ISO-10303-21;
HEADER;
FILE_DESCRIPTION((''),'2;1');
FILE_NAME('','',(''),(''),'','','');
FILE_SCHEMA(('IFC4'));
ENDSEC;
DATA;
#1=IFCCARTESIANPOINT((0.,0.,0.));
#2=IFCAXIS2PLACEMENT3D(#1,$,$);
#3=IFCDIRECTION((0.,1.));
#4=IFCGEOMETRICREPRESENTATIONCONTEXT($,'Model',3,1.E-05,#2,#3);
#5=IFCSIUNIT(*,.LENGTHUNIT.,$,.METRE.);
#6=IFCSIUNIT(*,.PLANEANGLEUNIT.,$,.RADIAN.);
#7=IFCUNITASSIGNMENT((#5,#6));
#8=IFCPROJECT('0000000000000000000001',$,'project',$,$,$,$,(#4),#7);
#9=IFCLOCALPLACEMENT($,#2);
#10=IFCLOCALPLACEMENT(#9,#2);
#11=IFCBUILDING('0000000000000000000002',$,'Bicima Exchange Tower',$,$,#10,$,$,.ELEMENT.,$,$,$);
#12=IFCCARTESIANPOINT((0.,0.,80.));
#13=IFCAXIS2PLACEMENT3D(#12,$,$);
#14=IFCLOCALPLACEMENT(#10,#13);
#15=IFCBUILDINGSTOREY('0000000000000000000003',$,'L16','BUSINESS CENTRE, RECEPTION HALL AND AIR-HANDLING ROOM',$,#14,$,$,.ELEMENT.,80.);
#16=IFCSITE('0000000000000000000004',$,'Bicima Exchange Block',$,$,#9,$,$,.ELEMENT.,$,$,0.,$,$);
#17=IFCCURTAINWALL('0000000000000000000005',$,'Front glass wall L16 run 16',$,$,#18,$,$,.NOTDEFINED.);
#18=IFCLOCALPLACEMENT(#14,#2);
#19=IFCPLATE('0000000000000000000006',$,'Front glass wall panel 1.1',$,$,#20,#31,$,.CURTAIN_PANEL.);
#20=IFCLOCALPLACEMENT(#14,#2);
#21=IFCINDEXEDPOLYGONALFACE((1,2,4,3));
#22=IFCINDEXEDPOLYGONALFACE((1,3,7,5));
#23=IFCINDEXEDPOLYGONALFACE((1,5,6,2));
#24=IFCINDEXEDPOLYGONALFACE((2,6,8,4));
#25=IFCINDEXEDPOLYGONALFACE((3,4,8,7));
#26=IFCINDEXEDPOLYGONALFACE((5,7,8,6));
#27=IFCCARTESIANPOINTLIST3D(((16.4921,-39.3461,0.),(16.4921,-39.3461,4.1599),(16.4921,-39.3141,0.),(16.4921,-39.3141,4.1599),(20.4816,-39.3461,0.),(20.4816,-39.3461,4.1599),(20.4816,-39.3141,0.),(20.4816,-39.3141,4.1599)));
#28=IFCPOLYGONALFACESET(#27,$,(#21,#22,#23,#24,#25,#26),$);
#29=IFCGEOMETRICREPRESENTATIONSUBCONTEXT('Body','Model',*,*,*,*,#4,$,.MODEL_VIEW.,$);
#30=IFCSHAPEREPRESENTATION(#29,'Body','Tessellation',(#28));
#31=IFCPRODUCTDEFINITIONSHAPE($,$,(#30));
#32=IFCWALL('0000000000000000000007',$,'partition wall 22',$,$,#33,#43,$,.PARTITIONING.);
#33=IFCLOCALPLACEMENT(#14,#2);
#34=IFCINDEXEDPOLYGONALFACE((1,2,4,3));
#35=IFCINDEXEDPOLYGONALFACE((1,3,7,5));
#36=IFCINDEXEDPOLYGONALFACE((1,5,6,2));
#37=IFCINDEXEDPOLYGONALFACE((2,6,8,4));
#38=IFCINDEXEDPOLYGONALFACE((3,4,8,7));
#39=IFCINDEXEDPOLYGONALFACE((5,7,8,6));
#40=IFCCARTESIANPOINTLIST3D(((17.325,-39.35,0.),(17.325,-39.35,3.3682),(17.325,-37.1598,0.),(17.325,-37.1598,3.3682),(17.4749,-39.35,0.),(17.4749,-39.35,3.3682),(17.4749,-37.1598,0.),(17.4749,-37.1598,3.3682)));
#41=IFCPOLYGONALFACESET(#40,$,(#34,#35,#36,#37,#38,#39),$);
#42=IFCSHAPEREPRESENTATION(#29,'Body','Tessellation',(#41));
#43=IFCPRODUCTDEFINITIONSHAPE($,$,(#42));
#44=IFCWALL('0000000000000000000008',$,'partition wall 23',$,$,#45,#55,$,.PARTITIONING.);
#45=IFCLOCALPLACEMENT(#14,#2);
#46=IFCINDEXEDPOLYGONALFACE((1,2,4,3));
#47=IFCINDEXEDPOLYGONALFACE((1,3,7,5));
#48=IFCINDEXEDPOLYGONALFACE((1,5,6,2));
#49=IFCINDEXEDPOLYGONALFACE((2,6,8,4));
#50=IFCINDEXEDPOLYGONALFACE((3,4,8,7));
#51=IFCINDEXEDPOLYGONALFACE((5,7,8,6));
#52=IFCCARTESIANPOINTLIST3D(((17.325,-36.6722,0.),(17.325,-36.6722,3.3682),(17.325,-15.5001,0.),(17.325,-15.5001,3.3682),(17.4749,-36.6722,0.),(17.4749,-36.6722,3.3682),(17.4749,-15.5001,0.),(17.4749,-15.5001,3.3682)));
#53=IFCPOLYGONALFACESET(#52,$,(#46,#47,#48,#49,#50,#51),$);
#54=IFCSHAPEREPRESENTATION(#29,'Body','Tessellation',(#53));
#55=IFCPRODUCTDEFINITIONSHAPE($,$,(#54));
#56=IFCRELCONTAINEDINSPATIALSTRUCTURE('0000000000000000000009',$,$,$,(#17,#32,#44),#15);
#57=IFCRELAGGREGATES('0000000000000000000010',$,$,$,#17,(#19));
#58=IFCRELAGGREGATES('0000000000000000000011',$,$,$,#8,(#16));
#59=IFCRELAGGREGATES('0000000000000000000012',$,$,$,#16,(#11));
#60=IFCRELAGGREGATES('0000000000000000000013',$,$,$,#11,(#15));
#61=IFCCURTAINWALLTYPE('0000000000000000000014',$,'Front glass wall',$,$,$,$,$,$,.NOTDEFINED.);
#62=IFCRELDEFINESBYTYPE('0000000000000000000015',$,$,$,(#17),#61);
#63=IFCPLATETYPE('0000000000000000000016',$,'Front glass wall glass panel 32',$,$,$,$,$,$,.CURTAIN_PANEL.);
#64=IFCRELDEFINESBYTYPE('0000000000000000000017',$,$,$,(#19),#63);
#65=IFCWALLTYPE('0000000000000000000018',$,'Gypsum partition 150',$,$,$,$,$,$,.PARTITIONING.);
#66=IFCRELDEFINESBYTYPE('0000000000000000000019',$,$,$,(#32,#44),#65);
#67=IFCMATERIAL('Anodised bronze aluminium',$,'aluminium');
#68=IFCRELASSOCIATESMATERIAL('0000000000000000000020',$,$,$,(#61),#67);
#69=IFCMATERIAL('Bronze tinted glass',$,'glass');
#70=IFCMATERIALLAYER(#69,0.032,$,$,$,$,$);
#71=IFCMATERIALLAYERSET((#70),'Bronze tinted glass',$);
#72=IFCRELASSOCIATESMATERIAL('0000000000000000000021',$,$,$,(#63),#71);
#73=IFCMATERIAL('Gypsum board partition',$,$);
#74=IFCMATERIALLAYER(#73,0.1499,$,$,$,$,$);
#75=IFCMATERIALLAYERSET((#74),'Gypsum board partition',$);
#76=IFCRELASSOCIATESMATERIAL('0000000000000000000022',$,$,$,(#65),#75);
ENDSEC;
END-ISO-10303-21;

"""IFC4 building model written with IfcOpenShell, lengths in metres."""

from ifc_helpers import new_model, si_unit, direction, frame, frame_2d, origin, origin_2d, place, context, subcontext, project, spatial, rectangle, extrude, material, layer, layer_set, type_object, element, aggregate, save


model = new_model("IFC4")

# Units and contexts
model_context = context("Model", 3, precision=1e-05, world=origin(), true_north=direction((0.0, 1.0)))
body_context = subcontext(model_context, "Body", "Model", "MODEL_VIEW")
ifc_project = project(units=[si_unit("LENGTHUNIT", "METRE"), si_unit("PLANEANGLEUNIT", "RADIAN")], contexts=[model_context])

# Site, building, storey
site_placement = place(None, origin())
site = spatial("IfcSite", under=ifc_project, at=site_placement, Name="Bicima Exchange Block", CompositionType="ELEMENT", RefElevation=0.0)
building_placement = place(site_placement, origin())
building = spatial("IfcBuilding", under=site, at=building_placement, Name="Bicima Exchange Tower", CompositionType="ELEMENT")
storey_placement = place(building_placement, frame((0.0, 0.0, 80.0)))
storey = spatial("IfcBuildingStorey", under=building, at=storey_placement, Name="L16", Description="BUSINESS CENTRE, RECEPTION HALL AND AIR-HANDLING ROOM", CompositionType="ELEMENT", Elevation=80.0)

# Curtain wall
ifc_material_1 = material(Name="Anodised bronze aluminium", Category="aluminium")
curtain_wall_type = type_object("IfcCurtainWallType", Name="Front glass wall", PredefinedType="NOTDEFINED", material=ifc_material_1)
curtain_wall_1_placement = place(storey_placement, origin())
curtain_wall_1 = element("IfcCurtainWall", 1, at=curtain_wall_1_placement, inside=storey, type_object=curtain_wall_type, Name="Front glass wall L16 run 16", PredefinedType="NOTDEFINED")

# Plate
ifc_material_2 = material(Name="Bronze tinted glass", Category="glass")
ifc_layer_1 = layer(ifc_material_2, 0.032)
ifc_layer_set_1 = layer_set([ifc_layer_1], Name="Bronze tinted glass")
plate_type = type_object("IfcPlateType", Name="Front glass wall glass panel 32", PredefinedType="CURTAIN_PANEL", material=ifc_layer_set_1)
plate_1_placement = place(storey_placement, frame((18.4868, -39.3301, 0.0), z_axis=(0.0, 0.0, 1.0), x_axis=(1.0, 0.0, 0.0)))
plate_1 = element("IfcPlate", 2, at=plate_1_placement, type_object=plate_type, Name="Front glass wall panel 1.1", PredefinedType="CURTAIN_PANEL", context=body_context, shape_type="SweptSolid", body=[
    extrude(rectangle(XDim=3.9895, YDim=0.032, at=origin_2d()), origin(), (0.0, 0.0, 1.0), 4.1599),
])
aggregate(curtain_wall_1, [plate_1])

# Walls
ifc_material_3 = material(Name="Gypsum board partition")
ifc_layer_2 = layer(ifc_material_3, 0.1499)
ifc_layer_set_2 = layer_set([ifc_layer_2], Name="Gypsum board partition")
wall_type = type_object("IfcWallType", Name="Gypsum partition 150", PredefinedType="PARTITIONING", material=ifc_layer_set_2)
wall_1_placement = place(storey_placement, frame((17.3999, -39.3501, 0.0), z_axis=(0.0, 0.0, 1.0), x_axis=(0.0, 1.0, 0.0)))
element("IfcWall", 3, at=wall_1_placement, inside=storey, type_object=wall_type, Name="partition wall 22", PredefinedType="PARTITIONING", context=body_context, shape_type="SweptSolid", body=[
    extrude(rectangle(XDim=2.1902, YDim=0.1499, at=frame_2d((1.0952, 0.0))), origin(), (0.0, 0.0, 1.0), 3.3682),
])
wall_2_placement = place(storey_placement, frame((17.3999, -36.6721, 0.0), z_axis=(0.0, 0.0, 1.0), x_axis=(0.0, 1.0, 0.0)))
element("IfcWall", 4, at=wall_2_placement, inside=storey, type_object=wall_type, Name="partition wall 23", PredefinedType="PARTITIONING", context=body_context, shape_type="SweptSolid", body=[
    extrude(rectangle(XDim=21.1721, YDim=0.1499, at=frame_2d((10.5859, 0.0))), origin(), (0.0, 0.0, 1.0), 3.3682),
])

save(model, "model.ifc")
